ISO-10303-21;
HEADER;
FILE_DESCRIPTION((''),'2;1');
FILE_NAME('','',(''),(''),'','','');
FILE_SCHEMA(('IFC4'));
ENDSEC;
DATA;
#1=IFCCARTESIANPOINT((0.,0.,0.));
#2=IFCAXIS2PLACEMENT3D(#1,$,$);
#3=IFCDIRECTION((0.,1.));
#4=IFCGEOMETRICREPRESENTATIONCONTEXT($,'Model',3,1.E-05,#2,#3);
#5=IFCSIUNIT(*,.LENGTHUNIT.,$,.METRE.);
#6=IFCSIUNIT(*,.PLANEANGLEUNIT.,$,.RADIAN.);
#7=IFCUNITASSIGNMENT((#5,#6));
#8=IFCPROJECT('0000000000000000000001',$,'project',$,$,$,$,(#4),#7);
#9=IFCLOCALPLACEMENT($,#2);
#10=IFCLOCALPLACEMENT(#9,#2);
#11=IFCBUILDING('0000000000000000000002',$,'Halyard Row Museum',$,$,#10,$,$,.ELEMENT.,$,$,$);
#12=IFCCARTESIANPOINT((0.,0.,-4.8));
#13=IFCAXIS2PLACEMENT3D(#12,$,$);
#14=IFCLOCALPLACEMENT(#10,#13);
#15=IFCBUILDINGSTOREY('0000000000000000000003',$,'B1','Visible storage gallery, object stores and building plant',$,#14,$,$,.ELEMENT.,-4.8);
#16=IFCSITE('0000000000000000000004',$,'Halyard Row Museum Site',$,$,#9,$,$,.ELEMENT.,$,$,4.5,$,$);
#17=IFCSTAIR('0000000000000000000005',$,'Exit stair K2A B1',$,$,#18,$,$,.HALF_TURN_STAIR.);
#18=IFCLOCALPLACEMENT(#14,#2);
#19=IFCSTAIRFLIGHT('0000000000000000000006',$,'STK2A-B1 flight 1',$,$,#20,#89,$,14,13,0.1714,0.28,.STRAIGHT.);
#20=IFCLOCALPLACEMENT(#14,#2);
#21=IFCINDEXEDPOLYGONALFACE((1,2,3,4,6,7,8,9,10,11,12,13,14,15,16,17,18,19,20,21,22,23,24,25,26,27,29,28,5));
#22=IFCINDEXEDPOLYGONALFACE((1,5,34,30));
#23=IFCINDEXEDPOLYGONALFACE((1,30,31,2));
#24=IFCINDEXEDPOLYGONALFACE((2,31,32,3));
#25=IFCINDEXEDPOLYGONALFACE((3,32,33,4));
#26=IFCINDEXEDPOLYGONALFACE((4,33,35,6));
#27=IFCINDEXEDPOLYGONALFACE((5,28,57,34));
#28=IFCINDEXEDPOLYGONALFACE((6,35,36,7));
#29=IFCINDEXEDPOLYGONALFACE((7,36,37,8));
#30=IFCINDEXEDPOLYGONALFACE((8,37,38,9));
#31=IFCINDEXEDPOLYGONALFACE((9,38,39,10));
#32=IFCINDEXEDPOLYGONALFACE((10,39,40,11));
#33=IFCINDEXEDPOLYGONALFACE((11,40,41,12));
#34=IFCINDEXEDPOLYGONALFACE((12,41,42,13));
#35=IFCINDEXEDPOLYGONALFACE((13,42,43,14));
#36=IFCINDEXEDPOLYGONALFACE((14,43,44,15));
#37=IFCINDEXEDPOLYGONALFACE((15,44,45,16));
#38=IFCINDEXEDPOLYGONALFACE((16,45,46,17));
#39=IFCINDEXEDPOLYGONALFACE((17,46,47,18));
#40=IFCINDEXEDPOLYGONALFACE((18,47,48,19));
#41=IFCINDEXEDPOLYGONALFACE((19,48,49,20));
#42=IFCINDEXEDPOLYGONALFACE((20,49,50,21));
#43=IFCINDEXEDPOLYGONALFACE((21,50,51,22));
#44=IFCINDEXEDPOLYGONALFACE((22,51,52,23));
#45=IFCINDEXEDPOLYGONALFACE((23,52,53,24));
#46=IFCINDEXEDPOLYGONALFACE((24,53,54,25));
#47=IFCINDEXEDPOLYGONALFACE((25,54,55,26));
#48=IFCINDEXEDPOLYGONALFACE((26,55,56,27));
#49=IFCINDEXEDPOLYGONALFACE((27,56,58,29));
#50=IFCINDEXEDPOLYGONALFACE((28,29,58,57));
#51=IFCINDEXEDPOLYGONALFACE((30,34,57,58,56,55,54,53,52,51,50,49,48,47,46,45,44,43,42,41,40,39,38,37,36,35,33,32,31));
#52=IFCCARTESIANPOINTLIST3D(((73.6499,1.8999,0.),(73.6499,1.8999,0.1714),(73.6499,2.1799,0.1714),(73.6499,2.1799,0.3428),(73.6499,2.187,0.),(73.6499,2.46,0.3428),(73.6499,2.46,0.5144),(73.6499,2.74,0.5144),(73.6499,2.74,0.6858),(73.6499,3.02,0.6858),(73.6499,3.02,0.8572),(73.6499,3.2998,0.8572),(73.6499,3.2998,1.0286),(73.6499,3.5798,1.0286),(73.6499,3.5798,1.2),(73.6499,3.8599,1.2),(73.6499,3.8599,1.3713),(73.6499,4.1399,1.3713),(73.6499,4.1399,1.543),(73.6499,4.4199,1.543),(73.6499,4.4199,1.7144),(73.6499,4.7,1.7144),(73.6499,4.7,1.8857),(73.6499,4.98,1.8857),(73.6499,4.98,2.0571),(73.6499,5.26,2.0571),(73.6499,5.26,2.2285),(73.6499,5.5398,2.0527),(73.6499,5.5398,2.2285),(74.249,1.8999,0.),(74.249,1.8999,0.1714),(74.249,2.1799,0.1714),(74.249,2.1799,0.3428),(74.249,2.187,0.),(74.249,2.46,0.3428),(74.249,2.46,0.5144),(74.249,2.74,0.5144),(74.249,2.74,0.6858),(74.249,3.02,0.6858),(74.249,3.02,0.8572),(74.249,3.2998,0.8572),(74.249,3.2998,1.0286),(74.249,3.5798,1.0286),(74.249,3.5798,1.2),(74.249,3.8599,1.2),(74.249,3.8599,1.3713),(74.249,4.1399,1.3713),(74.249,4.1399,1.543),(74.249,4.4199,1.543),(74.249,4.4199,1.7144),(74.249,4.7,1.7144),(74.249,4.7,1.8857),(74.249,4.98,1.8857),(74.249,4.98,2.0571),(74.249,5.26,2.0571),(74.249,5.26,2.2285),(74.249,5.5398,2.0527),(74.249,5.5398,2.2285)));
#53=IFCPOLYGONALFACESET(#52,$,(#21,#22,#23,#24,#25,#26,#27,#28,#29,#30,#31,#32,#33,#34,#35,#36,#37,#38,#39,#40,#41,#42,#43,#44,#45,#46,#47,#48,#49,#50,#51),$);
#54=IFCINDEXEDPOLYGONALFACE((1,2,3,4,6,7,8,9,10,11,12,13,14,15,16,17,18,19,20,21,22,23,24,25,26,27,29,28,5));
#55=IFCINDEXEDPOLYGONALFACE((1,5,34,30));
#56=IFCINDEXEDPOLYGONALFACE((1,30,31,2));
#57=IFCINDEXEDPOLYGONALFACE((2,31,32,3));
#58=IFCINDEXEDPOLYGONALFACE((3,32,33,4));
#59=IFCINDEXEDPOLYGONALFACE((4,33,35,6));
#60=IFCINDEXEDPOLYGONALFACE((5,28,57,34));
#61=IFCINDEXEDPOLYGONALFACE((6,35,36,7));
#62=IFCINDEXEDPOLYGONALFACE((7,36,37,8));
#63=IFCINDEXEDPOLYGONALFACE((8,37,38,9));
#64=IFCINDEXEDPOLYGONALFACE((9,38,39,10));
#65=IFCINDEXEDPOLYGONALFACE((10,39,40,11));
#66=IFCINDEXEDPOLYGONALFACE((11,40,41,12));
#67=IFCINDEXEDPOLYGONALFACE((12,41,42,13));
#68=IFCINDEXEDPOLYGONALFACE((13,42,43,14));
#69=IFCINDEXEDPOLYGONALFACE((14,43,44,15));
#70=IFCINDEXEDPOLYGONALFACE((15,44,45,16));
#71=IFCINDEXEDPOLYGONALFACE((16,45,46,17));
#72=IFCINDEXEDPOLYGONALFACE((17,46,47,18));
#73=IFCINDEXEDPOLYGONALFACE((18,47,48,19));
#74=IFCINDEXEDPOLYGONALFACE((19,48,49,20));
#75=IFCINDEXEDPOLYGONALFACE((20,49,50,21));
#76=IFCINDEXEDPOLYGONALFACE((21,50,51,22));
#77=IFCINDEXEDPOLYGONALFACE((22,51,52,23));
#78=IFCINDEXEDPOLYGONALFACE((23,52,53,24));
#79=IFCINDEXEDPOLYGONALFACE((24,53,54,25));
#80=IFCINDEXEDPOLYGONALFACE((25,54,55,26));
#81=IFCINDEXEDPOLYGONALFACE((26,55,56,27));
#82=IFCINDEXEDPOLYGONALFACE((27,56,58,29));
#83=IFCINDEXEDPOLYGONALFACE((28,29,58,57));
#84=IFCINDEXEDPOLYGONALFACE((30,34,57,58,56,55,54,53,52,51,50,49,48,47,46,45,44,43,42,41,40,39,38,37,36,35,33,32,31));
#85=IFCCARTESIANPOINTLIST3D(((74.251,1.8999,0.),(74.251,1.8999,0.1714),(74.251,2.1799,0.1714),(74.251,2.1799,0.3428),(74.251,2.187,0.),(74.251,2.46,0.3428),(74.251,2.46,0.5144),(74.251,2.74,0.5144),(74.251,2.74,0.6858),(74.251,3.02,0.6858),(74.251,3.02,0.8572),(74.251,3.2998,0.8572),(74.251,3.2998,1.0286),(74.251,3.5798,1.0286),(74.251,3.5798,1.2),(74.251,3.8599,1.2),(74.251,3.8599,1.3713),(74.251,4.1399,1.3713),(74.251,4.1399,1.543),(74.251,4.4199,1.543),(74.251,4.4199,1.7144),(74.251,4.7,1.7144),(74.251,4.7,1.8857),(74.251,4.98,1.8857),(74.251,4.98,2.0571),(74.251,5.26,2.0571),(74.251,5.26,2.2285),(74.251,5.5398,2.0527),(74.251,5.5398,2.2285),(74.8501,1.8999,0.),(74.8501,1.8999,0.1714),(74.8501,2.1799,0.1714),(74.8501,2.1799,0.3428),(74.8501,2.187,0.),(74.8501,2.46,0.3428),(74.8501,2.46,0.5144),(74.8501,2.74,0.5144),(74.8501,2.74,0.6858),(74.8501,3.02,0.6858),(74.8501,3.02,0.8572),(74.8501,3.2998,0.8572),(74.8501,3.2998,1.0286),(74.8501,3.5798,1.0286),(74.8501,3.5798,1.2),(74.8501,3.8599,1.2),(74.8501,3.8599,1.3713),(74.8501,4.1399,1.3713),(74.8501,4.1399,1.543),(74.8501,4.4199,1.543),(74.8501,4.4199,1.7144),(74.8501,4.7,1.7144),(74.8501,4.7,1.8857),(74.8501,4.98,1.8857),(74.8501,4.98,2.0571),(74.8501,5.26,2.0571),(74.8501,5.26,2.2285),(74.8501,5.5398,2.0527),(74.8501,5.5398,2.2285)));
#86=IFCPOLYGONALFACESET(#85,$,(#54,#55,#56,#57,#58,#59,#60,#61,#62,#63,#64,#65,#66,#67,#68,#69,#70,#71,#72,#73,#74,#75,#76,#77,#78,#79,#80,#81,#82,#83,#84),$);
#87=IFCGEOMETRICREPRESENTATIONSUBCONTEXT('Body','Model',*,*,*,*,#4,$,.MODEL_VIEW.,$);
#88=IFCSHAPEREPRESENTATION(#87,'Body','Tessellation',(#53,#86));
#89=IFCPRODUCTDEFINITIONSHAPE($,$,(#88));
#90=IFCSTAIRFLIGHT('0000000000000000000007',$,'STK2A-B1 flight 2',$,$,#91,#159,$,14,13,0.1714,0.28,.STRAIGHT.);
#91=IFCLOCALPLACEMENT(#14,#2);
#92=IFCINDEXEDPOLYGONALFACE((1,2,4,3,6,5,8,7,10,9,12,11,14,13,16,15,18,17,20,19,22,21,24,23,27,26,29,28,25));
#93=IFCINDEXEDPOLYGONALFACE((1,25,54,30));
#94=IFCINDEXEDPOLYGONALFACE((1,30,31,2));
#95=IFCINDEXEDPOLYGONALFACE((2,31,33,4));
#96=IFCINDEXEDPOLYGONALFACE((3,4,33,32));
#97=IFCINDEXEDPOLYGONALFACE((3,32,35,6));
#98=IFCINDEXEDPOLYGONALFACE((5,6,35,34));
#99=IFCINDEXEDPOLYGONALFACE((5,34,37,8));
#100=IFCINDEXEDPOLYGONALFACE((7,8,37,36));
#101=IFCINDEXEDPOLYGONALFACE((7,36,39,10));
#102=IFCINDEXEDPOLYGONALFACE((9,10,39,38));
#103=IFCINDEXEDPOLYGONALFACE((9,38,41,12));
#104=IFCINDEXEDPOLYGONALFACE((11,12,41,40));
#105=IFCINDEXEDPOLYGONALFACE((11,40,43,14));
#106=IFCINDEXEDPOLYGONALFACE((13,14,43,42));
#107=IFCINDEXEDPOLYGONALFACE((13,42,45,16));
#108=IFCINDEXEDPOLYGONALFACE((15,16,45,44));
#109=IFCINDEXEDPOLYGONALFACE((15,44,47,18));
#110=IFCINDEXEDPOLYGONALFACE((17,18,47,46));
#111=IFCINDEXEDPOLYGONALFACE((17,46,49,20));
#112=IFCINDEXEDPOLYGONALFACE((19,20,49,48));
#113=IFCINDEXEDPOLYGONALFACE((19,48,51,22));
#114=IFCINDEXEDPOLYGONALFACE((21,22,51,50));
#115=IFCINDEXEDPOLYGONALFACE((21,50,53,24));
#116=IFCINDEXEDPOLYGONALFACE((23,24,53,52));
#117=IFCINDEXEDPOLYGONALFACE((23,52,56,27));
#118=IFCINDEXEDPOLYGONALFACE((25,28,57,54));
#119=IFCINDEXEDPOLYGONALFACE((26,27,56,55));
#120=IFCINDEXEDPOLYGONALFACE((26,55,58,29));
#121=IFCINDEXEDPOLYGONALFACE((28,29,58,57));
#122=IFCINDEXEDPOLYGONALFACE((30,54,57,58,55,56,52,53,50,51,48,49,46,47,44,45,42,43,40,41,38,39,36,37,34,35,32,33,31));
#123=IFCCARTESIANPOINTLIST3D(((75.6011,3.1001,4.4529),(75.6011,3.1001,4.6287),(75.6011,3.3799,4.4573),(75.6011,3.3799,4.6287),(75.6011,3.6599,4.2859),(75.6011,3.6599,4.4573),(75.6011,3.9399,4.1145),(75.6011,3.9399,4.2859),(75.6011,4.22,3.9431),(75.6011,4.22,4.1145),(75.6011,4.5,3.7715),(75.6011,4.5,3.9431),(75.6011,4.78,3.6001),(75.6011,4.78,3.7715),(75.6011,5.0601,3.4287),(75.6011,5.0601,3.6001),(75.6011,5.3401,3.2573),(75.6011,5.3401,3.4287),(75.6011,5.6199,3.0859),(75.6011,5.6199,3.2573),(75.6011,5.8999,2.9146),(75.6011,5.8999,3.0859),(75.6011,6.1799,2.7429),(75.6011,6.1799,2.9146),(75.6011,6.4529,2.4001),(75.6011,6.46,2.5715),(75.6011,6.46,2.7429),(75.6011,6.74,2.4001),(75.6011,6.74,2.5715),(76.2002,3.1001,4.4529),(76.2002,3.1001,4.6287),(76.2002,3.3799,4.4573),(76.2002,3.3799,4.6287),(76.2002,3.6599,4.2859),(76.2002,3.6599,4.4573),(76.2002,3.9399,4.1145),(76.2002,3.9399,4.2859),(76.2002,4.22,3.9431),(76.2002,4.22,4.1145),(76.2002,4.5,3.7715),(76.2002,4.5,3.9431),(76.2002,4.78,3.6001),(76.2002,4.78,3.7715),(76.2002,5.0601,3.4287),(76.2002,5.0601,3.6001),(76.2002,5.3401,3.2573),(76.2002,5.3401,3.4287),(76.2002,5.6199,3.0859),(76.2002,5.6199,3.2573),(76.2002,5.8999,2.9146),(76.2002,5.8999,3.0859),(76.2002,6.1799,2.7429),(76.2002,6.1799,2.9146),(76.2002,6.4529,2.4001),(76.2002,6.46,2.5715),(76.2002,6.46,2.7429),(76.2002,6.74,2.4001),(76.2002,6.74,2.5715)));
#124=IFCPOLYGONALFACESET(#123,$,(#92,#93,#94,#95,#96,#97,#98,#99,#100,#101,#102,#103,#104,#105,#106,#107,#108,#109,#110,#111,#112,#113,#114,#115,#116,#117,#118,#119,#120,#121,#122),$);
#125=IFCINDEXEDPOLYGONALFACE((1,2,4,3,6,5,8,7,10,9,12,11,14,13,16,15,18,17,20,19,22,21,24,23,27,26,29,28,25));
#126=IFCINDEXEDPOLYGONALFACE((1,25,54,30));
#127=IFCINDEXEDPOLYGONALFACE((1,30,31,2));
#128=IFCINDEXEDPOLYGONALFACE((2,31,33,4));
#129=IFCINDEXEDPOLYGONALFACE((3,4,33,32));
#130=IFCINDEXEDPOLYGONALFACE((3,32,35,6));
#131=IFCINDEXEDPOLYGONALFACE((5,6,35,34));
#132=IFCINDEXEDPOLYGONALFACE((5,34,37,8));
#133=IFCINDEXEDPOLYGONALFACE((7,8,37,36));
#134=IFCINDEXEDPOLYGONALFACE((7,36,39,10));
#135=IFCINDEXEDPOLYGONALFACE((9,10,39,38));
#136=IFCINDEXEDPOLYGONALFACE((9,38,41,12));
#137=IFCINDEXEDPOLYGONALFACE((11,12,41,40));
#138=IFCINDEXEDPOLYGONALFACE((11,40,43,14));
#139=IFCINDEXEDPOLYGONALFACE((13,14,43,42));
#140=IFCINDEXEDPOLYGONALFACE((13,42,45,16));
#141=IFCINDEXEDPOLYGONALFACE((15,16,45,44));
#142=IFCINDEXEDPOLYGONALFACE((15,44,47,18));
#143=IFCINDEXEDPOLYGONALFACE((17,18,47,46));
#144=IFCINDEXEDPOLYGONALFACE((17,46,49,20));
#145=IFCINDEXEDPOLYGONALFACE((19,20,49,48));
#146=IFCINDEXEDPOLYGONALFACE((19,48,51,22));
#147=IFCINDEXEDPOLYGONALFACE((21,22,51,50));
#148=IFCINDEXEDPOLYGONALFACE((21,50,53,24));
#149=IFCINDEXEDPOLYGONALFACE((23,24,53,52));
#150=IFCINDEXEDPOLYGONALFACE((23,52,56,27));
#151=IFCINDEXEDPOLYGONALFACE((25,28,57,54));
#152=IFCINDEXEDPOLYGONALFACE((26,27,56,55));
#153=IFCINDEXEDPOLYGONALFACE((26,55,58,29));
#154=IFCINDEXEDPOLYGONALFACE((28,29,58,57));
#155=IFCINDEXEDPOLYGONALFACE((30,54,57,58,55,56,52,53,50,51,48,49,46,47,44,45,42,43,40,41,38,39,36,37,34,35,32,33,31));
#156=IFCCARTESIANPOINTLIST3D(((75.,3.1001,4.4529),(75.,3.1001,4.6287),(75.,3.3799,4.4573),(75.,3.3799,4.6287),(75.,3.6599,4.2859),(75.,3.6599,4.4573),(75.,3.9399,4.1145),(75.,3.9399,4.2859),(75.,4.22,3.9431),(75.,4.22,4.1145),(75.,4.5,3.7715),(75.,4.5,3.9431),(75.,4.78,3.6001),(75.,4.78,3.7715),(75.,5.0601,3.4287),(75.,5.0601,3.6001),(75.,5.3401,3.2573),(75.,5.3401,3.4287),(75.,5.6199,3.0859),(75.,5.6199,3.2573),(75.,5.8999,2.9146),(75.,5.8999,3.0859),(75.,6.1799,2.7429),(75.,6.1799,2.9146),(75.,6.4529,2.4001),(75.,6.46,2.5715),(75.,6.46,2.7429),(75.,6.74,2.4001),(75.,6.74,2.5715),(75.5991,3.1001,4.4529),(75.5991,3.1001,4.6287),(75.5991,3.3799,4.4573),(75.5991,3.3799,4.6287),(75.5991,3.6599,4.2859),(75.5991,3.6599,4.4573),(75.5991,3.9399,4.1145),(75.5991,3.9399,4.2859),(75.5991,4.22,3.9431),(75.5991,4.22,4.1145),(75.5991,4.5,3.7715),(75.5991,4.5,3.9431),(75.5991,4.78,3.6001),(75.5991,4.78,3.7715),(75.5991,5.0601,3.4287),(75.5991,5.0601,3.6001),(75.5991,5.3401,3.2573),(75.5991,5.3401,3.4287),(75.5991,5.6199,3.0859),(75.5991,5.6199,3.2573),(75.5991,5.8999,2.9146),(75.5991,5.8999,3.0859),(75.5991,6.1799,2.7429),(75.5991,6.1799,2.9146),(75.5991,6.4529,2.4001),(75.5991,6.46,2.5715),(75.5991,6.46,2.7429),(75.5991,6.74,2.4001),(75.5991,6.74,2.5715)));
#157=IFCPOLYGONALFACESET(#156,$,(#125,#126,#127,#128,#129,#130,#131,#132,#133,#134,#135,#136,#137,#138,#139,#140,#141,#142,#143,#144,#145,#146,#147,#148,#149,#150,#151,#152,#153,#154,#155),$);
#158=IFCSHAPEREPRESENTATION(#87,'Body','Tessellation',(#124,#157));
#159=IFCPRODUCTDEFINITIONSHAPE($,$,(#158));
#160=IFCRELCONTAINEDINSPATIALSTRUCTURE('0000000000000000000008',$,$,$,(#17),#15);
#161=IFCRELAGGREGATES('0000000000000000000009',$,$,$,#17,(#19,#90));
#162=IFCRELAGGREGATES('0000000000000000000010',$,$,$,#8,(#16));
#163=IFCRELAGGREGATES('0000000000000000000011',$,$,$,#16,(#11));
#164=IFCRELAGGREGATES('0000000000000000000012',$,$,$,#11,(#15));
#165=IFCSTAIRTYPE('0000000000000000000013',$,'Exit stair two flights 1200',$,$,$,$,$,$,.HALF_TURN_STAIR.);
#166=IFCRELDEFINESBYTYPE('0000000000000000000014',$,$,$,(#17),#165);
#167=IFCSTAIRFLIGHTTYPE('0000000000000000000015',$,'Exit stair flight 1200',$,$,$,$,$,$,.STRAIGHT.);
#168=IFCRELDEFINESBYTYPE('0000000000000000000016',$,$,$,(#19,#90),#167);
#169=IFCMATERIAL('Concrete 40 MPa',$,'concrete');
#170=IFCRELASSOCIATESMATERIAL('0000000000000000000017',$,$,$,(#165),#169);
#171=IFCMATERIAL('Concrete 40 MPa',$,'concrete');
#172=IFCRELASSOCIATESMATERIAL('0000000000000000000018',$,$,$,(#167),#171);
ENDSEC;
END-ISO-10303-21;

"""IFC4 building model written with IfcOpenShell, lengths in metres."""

from ifc_helpers import new_model, si_unit, direction, frame, origin, place, context, subcontext, project, spatial, polyline, outline, extrude, material, type_object, element, aggregate, save


model = new_model("IFC4")

# Units and contexts
model_context = context("Model", 3, precision=1e-05, world=origin(), true_north=direction((0.0, 1.0)))
body_context = subcontext(model_context, "Body", "Model", "MODEL_VIEW")
ifc_project = project(units=[si_unit("LENGTHUNIT", "METRE"), si_unit("PLANEANGLEUNIT", "RADIAN")], contexts=[model_context])

# Site, building, storey
site_placement = place(None, origin())
site = spatial("IfcSite", under=ifc_project, at=site_placement, Name="Halyard Row Museum Site", CompositionType="ELEMENT", RefElevation=4.5)
building_placement = place(site_placement, origin())
building = spatial("IfcBuilding", under=site, at=building_placement, Name="Halyard Row Museum", CompositionType="ELEMENT")
storey_placement = place(building_placement, frame((0.0, 0.0, -4.8)))
storey = spatial("IfcBuildingStorey", under=building, at=storey_placement, Name="B1", Description="Visible storage gallery, object stores and building plant", CompositionType="ELEMENT", Elevation=-4.8)

# Stair, stair flights
ifc_material_1 = material(Name="Concrete 40 MPa", Category="concrete")
stair_type = type_object("IfcStairType", Name="Exit stair two flights 1200", PredefinedType="HALF_TURN_STAIR", material=ifc_material_1)
stair_placement = place(storey_placement, origin())
stair = element("IfcStair", 1, at=stair_placement, inside=storey, type_object=stair_type, Name="Exit stair K2A B1", PredefinedType="HALF_TURN_STAIR")
ifc_material_2 = material(Name="Concrete 40 MPa", Category="concrete")
stair_flight_type = type_object("IfcStairFlightType", Name="Exit stair flight 1200", PredefinedType="STRAIGHT", material=ifc_material_2)
stair_flight_1_placement = place(storey_placement, frame((74.25, 1.8999, 0.0), z_axis=(0.0, 0.0, 1.0), x_axis=(0.0, 1.0, 0.0)))
stair_flight_1 = element("IfcStairFlight", 2, at=stair_flight_1_placement, type_object=stair_flight_type, Name="STK2A-B1 flight 1", NumberOfRisers=14, NumberOfTreads=13, PredefinedType="STRAIGHT", RiserHeight=0.1714, TreadLength=0.28, context=body_context, shape_type="SweptSolid", body=[
    extrude(outline(polyline([(0.0, 0.0), (0.0, 0.1714), (0.28, 0.1714), (0.28, 0.3428), (0.5601, 0.3428), (0.5601, 0.5144), (0.8401, 0.5144), (0.8401, 0.6858), (1.1201, 0.6858), (1.1201, 0.8572), (1.3999, 0.8572), (1.3999, 1.0286), (1.6799, 1.0286), (1.6799, 1.2), (1.96, 1.2), (1.96, 1.3713), (2.24, 1.3713), (2.24, 1.543), (2.52, 1.543), (2.52, 1.7144), (2.8, 1.7144), (2.8, 1.8857), (3.0801, 1.8857), (3.0801, 2.0571), (3.3601, 2.0571), (3.3601, 2.2285), (3.6399, 2.2285), (3.6399, 2.3999), (3.6399, 2.0527), (0.2871, 0.0), (0.0, 0.0)])), frame((0.0, 0.6001, 0.0), z_axis=(0.0, -1.0, 0.0), x_axis=(1.0, 0.0, 0.0)), (0.0, 0.0, 1.0), 0.5991),
    extrude(outline(polyline([(0.0, 0.0), (0.0, 0.1714), (0.28, 0.1714), (0.28, 0.3428), (0.5601, 0.3428), (0.5601, 0.5144), (0.8401, 0.5144), (0.8401, 0.6858), (1.1201, 0.6858), (1.1201, 0.8572), (1.3999, 0.8572), (1.3999, 1.0286), (1.6799, 1.0286), (1.6799, 1.2), (1.96, 1.2), (1.96, 1.3713), (2.24, 1.3713), (2.24, 1.543), (2.52, 1.543), (2.52, 1.7144), (2.8, 1.7144), (2.8, 1.8857), (3.0801, 1.8857), (3.0801, 2.0571), (3.3601, 2.0571), (3.3601, 2.2285), (3.6399, 2.2285), (3.6399, 2.3999), (3.6399, 2.0527), (0.2871, 0.0), (0.0, 0.0)])), frame((0.0, -0.001, 0.0), z_axis=(0.0, -1.0, 0.0), x_axis=(1.0, 0.0, 0.0)), (0.0, 0.0, 1.0), 0.5991),
])
stair_flight_2_placement = place(storey_placement, frame((75.6001, 6.74, 2.4001), z_axis=(0.0, 0.0, 1.0), x_axis=(0.0, -1.0, 0.0)))
stair_flight_2 = element("IfcStairFlight", 3, at=stair_flight_2_placement, type_object=stair_flight_type, Name="STK2A-B1 flight 2", NumberOfRisers=14, NumberOfTreads=13, PredefinedType="STRAIGHT", RiserHeight=0.1714, TreadLength=0.28, context=body_context, shape_type="SweptSolid", body=[
    extrude(outline(polyline([(0.0, 0.0), (0.0, 0.1714), (0.28, 0.1714), (0.28, 0.3428), (0.5601, 0.3428), (0.5601, 0.5144), (0.8401, 0.5144), (0.8401, 0.6858), (1.1201, 0.6858), (1.1201, 0.8572), (1.3999, 0.8572), (1.3999, 1.0286), (1.6799, 1.0286), (1.6799, 1.2), (1.96, 1.2), (1.96, 1.3713), (2.24, 1.3713), (2.24, 1.543), (2.52, 1.543), (2.52, 1.7144), (2.8, 1.7144), (2.8, 1.8857), (3.0801, 1.8857), (3.0801, 2.0571), (3.3601, 2.0571), (3.3601, 2.2285), (3.6399, 2.2285), (3.6399, 2.3999), (3.6399, 2.0527), (0.2871, 0.0), (0.0, 0.0)])), frame((0.0, 0.6001, 0.0), z_axis=(0.0, -1.0, 0.0), x_axis=(1.0, 0.0, 0.0)), (0.0, 0.0, 1.0), 0.5991),
    extrude(outline(polyline([(0.0, 0.0), (0.0, 0.1714), (0.28, 0.1714), (0.28, 0.3428), (0.5601, 0.3428), (0.5601, 0.5144), (0.8401, 0.5144), (0.8401, 0.6858), (1.1201, 0.6858), (1.1201, 0.8572), (1.3999, 0.8572), (1.3999, 1.0286), (1.6799, 1.0286), (1.6799, 1.2), (1.96, 1.2), (1.96, 1.3713), (2.24, 1.3713), (2.24, 1.543), (2.52, 1.543), (2.52, 1.7144), (2.8, 1.7144), (2.8, 1.8857), (3.0801, 1.8857), (3.0801, 2.0571), (3.3601, 2.0571), (3.3601, 2.2285), (3.6399, 2.2285), (3.6399, 2.3999), (3.6399, 2.0527), (0.2871, 0.0), (0.0, 0.0)])), frame((0.0, -0.001, 0.0), z_axis=(0.0, -1.0, 0.0), x_axis=(1.0, 0.0, 0.0)), (0.0, 0.0, 1.0), 0.5991),
])
aggregate(stair, [stair_flight_1, stair_flight_2])

save(model, "model.ifc")
